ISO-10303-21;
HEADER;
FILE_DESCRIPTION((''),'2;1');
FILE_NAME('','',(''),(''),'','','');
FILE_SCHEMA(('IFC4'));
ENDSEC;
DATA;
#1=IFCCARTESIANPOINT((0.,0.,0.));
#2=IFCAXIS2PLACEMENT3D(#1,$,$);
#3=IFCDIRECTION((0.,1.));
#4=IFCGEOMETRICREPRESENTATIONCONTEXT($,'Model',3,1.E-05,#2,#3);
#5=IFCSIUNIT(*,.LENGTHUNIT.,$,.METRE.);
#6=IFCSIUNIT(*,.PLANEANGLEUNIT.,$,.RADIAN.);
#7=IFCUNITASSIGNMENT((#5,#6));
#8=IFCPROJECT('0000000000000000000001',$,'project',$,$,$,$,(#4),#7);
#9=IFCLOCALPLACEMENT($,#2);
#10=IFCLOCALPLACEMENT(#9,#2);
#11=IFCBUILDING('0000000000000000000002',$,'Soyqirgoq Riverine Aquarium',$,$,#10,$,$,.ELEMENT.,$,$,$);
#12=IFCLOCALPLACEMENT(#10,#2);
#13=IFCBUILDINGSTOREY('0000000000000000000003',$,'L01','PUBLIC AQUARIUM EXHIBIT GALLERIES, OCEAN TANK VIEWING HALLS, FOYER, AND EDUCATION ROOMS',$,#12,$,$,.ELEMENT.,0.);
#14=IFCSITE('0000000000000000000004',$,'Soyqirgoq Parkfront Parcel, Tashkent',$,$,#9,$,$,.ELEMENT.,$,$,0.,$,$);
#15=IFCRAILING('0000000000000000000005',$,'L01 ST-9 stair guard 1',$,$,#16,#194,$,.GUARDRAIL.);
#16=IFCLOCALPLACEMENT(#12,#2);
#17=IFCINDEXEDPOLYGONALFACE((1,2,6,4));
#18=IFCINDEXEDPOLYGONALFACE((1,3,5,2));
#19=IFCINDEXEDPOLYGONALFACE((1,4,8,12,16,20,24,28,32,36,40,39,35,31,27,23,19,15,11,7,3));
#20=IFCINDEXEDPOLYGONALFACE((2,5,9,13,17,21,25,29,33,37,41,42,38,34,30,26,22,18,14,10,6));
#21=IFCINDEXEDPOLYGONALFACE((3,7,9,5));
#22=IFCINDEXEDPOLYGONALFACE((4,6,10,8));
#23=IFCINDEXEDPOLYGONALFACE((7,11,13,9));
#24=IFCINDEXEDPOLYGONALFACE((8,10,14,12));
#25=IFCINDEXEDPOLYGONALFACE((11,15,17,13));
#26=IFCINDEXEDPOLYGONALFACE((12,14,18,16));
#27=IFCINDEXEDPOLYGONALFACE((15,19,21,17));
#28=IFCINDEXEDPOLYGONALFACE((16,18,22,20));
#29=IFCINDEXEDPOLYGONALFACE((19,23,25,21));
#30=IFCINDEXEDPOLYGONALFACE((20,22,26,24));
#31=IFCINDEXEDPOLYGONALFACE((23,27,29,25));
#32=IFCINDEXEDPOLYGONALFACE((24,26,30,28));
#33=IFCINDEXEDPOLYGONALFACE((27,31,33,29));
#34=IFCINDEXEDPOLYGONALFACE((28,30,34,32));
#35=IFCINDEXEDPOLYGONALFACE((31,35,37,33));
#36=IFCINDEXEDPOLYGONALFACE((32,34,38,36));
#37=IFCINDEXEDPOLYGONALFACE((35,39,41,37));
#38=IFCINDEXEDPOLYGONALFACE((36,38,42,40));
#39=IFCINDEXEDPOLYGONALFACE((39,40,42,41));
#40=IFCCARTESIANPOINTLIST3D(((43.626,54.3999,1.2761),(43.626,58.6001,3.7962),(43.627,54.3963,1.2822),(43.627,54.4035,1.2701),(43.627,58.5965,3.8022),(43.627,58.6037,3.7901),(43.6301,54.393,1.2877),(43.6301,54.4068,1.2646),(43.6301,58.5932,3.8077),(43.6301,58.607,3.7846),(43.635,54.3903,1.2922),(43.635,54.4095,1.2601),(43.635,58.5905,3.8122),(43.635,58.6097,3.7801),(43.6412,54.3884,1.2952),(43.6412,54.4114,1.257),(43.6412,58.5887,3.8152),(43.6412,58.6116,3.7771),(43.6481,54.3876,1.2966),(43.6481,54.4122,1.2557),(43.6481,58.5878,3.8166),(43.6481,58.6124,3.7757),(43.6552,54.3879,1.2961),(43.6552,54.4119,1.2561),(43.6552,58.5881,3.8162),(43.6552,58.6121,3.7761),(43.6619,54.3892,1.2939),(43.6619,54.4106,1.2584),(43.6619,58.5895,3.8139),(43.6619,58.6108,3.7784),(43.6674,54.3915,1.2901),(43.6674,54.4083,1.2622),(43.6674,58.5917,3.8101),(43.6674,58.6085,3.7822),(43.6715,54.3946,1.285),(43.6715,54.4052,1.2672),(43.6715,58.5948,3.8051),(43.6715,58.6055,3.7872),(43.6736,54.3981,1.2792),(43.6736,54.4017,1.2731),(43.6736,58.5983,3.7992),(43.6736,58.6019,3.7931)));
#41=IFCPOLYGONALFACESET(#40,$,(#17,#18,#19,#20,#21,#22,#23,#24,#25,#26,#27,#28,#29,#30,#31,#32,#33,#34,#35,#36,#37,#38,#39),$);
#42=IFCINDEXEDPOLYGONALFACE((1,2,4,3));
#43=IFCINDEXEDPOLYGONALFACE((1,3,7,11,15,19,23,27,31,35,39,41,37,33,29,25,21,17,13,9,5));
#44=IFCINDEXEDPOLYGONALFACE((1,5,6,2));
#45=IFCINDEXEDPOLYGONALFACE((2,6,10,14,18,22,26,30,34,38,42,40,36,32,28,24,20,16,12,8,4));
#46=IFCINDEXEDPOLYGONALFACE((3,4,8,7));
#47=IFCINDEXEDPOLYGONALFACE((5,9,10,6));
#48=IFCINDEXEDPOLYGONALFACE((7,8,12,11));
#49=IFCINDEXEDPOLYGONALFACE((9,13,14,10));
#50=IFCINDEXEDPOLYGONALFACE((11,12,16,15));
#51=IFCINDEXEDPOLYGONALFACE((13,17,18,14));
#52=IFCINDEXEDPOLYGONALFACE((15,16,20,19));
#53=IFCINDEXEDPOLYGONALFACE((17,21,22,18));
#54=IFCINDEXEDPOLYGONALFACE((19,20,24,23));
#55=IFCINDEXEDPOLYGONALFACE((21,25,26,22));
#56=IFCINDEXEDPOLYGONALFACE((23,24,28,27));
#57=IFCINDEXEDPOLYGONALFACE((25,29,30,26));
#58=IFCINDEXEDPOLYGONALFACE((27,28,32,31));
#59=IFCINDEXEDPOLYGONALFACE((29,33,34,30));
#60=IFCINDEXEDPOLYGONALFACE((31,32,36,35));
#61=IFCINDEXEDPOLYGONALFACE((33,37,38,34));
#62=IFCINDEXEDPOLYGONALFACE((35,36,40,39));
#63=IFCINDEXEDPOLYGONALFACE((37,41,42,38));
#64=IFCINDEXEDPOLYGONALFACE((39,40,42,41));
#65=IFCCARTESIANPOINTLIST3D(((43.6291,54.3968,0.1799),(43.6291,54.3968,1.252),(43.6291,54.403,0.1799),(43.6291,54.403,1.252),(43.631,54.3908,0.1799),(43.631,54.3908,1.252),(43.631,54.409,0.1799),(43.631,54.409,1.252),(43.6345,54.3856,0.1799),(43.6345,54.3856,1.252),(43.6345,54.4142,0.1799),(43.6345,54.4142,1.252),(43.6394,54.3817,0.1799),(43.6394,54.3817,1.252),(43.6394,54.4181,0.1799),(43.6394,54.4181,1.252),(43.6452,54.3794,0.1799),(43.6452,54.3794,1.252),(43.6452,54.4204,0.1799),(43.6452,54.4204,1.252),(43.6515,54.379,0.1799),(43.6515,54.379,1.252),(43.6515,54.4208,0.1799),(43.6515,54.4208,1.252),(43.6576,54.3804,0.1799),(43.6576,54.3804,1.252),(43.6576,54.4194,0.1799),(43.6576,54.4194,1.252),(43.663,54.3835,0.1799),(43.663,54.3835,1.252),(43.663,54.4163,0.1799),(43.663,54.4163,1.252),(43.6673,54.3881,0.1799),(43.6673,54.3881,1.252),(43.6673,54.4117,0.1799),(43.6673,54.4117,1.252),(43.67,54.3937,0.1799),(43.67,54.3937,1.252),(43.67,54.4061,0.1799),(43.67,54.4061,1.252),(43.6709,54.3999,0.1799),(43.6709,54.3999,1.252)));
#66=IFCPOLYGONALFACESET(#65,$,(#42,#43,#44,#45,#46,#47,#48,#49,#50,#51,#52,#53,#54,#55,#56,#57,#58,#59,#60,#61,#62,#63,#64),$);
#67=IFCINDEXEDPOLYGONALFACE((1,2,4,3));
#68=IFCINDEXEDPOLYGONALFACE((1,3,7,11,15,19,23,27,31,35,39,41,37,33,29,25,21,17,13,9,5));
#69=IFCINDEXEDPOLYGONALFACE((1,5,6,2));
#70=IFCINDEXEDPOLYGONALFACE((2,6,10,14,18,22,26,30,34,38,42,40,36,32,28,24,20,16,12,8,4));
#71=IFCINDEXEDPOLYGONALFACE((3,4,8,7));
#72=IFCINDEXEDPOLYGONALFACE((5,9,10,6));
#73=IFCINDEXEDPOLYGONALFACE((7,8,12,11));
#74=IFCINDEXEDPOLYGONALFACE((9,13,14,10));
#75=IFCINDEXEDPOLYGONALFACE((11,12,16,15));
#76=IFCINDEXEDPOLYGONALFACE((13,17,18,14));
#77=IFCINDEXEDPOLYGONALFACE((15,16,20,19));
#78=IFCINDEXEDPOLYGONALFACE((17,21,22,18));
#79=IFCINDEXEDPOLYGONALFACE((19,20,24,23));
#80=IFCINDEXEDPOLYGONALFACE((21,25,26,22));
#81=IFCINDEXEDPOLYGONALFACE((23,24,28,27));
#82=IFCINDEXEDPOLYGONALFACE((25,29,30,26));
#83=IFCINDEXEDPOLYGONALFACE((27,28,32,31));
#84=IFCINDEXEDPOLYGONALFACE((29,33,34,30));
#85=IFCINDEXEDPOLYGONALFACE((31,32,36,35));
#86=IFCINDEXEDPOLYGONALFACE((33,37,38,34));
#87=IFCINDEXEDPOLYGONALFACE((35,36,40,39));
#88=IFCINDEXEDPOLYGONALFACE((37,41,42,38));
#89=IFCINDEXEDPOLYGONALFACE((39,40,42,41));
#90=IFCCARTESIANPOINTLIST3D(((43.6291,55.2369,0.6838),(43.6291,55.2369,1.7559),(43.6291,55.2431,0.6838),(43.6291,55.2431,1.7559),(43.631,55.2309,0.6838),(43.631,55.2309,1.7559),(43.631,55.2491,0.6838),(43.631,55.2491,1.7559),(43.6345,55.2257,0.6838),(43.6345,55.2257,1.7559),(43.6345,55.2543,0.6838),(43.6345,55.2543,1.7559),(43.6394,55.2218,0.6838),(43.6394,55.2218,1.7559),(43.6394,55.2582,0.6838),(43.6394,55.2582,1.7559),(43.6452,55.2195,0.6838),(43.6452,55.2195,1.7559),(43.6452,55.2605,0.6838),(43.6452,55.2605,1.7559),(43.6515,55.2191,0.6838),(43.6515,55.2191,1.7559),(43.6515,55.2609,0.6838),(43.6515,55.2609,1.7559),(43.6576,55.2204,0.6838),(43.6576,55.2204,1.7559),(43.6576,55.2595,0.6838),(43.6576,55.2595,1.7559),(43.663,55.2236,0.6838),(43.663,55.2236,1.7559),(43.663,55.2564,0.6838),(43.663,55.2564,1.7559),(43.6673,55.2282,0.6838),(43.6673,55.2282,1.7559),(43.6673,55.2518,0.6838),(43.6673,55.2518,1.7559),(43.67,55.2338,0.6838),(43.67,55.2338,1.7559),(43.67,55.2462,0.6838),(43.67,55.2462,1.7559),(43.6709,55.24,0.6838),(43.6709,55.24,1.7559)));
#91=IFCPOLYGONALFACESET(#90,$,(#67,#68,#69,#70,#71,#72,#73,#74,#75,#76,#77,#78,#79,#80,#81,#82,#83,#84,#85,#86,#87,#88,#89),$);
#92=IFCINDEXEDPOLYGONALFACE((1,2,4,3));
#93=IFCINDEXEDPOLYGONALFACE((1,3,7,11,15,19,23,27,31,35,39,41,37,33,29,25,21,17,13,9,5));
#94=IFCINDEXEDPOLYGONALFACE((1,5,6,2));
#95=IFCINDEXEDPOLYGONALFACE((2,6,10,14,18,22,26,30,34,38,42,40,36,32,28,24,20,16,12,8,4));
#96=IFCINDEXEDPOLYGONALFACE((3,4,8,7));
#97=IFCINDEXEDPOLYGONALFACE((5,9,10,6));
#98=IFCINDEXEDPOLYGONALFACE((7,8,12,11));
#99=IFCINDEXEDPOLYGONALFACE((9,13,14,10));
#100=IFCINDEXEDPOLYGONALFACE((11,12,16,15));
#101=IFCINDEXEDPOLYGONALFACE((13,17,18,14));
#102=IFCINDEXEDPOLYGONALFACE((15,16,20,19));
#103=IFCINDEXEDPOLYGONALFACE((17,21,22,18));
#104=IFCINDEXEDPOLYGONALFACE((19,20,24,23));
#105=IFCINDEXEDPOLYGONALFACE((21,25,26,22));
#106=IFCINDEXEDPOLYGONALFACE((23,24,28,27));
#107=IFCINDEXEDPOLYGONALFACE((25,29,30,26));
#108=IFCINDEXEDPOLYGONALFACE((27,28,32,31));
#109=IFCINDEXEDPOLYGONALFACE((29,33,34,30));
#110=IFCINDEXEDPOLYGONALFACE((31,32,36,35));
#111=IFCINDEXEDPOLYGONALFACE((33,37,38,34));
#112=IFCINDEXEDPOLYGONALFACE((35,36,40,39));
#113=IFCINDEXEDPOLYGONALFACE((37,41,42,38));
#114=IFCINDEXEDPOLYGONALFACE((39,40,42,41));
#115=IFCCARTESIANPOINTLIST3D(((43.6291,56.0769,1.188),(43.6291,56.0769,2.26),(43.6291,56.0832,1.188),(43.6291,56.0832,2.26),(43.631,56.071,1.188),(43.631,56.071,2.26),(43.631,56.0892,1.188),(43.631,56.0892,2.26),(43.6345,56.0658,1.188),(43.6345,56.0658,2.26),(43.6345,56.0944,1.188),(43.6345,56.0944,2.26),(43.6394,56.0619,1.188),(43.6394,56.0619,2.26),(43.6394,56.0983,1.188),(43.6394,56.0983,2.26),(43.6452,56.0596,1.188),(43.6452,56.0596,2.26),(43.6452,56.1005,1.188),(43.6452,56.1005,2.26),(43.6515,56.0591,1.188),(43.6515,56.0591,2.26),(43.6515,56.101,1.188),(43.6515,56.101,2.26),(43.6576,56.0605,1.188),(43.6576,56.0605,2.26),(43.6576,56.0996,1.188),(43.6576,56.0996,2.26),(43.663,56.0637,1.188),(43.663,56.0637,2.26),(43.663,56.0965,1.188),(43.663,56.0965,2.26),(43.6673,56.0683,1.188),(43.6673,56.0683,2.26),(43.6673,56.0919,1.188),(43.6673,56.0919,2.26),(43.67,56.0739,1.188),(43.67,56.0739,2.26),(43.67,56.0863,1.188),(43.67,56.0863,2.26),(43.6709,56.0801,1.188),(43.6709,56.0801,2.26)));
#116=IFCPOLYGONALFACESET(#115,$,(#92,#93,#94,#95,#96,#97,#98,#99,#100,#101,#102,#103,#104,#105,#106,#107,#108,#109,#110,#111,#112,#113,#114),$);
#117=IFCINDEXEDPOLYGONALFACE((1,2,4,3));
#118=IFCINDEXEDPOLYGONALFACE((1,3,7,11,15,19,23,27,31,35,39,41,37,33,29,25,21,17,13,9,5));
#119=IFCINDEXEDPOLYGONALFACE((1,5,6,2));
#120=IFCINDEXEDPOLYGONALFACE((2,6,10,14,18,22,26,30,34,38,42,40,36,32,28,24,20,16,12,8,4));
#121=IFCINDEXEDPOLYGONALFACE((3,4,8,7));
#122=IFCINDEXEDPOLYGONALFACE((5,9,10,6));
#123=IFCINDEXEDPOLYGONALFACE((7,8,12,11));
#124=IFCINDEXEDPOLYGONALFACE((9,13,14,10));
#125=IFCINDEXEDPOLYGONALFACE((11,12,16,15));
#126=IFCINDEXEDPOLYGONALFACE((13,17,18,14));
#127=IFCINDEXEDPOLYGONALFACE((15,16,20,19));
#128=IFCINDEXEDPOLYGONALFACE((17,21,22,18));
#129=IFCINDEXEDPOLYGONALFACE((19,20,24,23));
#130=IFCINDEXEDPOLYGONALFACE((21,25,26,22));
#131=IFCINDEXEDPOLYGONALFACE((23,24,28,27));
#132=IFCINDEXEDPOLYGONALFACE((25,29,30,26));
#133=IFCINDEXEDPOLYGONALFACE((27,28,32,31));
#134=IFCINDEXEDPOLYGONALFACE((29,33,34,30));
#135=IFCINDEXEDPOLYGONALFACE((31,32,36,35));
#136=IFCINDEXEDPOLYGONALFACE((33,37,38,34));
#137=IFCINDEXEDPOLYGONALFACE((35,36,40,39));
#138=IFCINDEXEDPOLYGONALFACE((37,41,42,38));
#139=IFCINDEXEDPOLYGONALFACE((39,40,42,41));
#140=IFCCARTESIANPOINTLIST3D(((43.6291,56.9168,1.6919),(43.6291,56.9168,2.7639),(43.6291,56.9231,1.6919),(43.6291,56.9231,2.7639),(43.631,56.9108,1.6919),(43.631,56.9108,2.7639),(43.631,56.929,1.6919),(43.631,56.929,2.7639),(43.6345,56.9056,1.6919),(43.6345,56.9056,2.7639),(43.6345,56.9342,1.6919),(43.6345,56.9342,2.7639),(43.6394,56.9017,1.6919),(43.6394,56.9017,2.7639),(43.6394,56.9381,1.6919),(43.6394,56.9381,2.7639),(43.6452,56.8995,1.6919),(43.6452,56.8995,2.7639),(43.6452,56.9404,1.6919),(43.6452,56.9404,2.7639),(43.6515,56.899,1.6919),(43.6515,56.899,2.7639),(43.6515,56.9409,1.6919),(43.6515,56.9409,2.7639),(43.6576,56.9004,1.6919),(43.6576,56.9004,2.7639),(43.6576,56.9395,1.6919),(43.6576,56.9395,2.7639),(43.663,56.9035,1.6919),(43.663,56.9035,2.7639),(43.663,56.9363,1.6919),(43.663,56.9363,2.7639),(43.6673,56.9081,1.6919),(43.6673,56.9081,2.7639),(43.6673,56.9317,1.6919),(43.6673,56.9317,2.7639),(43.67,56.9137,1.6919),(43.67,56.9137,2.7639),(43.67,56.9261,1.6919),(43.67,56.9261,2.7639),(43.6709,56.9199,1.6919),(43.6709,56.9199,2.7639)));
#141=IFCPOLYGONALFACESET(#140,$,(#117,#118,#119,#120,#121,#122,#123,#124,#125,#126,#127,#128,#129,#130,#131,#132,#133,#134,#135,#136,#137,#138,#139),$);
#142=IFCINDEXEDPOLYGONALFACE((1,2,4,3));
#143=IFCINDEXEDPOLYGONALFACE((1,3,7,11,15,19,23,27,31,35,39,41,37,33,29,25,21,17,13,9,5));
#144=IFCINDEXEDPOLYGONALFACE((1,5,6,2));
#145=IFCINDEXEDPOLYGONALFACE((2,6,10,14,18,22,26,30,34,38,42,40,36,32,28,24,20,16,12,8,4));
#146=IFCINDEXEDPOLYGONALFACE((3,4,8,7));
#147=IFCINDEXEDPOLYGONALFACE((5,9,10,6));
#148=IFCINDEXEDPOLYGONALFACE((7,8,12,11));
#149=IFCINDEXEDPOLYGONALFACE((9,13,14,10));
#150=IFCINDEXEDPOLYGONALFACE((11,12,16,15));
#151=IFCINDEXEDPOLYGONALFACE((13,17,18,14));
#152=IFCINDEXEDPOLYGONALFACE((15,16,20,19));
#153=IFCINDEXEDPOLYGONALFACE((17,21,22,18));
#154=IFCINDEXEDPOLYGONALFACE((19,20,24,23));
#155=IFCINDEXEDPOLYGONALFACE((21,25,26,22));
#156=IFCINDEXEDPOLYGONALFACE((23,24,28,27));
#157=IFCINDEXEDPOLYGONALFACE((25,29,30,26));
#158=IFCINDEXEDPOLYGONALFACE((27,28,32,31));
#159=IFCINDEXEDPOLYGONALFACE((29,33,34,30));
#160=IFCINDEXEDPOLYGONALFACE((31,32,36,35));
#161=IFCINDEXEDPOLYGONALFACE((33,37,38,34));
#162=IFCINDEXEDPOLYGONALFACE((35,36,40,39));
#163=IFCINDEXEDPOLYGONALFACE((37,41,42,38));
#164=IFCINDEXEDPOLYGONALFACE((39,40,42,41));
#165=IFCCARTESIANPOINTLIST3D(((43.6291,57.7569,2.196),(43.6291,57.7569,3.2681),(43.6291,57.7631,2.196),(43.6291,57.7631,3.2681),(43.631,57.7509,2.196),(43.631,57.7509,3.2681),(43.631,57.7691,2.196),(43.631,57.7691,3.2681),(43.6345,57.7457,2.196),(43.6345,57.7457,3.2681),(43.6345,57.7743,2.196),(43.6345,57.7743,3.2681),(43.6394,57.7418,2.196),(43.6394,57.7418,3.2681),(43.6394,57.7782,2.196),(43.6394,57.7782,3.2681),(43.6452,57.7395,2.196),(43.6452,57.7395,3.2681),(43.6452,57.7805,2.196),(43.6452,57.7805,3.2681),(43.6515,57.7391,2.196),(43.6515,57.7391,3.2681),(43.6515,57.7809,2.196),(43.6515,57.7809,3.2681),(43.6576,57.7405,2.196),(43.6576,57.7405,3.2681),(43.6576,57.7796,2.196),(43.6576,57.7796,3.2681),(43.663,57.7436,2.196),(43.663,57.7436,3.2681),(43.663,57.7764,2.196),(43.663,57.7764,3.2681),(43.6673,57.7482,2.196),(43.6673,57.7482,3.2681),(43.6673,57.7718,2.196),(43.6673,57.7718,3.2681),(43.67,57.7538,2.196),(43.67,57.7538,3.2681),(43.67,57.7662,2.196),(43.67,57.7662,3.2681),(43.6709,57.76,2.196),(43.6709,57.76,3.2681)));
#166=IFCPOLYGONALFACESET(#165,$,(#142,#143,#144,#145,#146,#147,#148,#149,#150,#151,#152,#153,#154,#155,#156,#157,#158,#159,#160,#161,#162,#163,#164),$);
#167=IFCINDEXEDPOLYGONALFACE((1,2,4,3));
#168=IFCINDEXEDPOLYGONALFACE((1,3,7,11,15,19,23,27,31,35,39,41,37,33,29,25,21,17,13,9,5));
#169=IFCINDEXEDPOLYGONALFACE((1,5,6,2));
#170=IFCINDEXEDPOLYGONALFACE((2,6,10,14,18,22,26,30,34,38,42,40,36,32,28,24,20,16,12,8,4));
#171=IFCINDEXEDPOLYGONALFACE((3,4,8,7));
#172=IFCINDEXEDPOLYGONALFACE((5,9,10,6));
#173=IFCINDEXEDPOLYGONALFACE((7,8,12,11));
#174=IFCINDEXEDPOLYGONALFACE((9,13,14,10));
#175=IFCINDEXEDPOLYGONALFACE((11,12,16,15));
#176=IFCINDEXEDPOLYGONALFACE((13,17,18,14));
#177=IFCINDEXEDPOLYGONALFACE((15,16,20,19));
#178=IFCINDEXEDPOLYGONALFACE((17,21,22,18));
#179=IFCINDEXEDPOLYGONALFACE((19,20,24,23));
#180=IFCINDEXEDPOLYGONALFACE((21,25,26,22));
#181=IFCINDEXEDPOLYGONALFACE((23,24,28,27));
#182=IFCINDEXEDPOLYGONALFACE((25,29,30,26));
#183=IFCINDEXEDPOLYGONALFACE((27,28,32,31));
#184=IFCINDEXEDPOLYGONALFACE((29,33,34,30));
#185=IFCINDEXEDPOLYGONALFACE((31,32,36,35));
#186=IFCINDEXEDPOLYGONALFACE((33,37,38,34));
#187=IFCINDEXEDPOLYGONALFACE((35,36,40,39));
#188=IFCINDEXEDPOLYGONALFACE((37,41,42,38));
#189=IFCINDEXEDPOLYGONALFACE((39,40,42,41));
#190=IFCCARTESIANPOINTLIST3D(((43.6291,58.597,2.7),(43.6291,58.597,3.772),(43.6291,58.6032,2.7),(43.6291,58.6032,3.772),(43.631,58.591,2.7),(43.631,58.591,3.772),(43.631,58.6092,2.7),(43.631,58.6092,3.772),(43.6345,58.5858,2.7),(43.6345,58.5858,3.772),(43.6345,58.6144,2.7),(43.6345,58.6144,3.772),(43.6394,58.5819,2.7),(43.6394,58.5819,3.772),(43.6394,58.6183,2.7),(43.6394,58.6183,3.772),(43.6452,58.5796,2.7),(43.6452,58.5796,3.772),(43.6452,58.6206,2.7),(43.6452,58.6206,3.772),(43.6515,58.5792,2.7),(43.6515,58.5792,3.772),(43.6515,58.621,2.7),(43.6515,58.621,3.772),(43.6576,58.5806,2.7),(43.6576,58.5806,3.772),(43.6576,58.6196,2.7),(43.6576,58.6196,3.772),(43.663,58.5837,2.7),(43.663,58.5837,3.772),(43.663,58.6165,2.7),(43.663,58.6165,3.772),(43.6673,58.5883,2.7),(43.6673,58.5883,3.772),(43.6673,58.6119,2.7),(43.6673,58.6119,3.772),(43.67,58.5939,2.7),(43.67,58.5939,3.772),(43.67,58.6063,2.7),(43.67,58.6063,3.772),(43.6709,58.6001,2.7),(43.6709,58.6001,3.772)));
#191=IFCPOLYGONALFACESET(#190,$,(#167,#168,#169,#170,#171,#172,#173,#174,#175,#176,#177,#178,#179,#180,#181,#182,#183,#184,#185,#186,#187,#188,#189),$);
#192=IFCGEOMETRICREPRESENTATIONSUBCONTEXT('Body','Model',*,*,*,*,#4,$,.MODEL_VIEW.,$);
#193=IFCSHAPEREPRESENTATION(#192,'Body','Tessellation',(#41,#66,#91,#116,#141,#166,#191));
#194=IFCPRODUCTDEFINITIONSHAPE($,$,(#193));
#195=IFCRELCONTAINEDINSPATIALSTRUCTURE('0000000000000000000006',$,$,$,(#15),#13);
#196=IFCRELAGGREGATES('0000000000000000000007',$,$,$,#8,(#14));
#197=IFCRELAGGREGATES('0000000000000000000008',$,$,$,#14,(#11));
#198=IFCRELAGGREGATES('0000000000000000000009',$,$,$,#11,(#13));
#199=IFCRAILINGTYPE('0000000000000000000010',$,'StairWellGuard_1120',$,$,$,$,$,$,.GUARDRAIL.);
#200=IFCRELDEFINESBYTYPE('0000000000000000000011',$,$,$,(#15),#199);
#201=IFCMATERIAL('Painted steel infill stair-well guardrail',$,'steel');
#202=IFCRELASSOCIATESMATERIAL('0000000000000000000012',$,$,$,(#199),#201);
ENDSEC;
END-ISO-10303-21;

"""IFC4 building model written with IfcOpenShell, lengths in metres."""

from ifc_helpers import new_model, si_unit, direction, frame, origin, origin_2d, place, context, subcontext, project, spatial, circle, extrude, material, type_object, element, save


model = new_model("IFC4")

# Units and contexts
model_context = context("Model", 3, precision=1e-05, world=origin(), true_north=direction((0.0, 1.0)))
body_context = subcontext(model_context, "Body", "Model", "MODEL_VIEW")
ifc_project = project(units=[si_unit("LENGTHUNIT", "METRE"), si_unit("PLANEANGLEUNIT", "RADIAN")], contexts=[model_context])

# Site, building, storey
site_placement = place(None, origin())
site = spatial("IfcSite", under=ifc_project, at=site_placement, Name="Soyqirgoq Parkfront Parcel, Tashkent", CompositionType="ELEMENT", RefElevation=0.0)
building_placement = place(site_placement, origin())
building = spatial("IfcBuilding", under=site, at=building_placement, Name="Soyqirgoq Riverine Aquarium", CompositionType="ELEMENT")
storey_placement = place(building_placement, origin())
storey = spatial("IfcBuildingStorey", under=building, at=storey_placement, Name="L01", Description="PUBLIC AQUARIUM EXHIBIT GALLERIES, OCEAN TANK VIEWING HALLS, FOYER, AND EDUCATION ROOMS", CompositionType="ELEMENT", Elevation=0.0)

# Railing
ifc_material_1 = material(Name="Painted steel infill stair-well guardrail", Category="steel")
railing_type_1 = type_object("IfcRailingType", Name="StairWellGuard_1120", PredefinedType="GUARDRAIL", material=ifc_material_1)
railing_1_placement = place(storey_placement, frame((43.6499, 54.3999, 0.1799)))
element("IfcRailing", 1, at=railing_1_placement, inside=storey, type_object=railing_type_1, Name="L01 ST-9 stair guard 1", PredefinedType="GUARDRAIL", context=body_context, shape_type="SweptSolid", body=[
    extrude(circle(Radius=0.0239, at=origin_2d()), frame((0.0, 0.0, 1.0962), z_axis=(0.0, 0.857502, 0.514481), x_axis=(-1.0, 0.0, 0.0)), (0.0, 0.0, 1.0), 4.8982),
    extrude(circle(Radius=0.021, at=origin_2d()), origin(), (0.0, 0.0, 1.0), 1.072),
    extrude(circle(Radius=0.021, at=origin_2d()), frame((0.0, 0.8401, 0.5039)), (0.0, 0.0, 1.0), 1.072),
    extrude(circle(Radius=0.021, at=origin_2d()), frame((0.0, 1.6802, 1.0081)), (0.0, 0.0, 1.0), 1.072),
    extrude(circle(Radius=0.021, at=origin_2d()), frame((0.0, 2.52, 1.512)), (0.0, 0.0, 1.0), 1.072),
    extrude(circle(Radius=0.021, at=origin_2d()), frame((0.0, 3.3601, 2.0161)), (0.0, 0.0, 1.0), 1.072),
    extrude(circle(Radius=0.021, at=origin_2d()), frame((0.0, 4.2002, 2.52)), (0.0, 0.0, 1.0), 1.072),
])

save(model, "model.ifc")
